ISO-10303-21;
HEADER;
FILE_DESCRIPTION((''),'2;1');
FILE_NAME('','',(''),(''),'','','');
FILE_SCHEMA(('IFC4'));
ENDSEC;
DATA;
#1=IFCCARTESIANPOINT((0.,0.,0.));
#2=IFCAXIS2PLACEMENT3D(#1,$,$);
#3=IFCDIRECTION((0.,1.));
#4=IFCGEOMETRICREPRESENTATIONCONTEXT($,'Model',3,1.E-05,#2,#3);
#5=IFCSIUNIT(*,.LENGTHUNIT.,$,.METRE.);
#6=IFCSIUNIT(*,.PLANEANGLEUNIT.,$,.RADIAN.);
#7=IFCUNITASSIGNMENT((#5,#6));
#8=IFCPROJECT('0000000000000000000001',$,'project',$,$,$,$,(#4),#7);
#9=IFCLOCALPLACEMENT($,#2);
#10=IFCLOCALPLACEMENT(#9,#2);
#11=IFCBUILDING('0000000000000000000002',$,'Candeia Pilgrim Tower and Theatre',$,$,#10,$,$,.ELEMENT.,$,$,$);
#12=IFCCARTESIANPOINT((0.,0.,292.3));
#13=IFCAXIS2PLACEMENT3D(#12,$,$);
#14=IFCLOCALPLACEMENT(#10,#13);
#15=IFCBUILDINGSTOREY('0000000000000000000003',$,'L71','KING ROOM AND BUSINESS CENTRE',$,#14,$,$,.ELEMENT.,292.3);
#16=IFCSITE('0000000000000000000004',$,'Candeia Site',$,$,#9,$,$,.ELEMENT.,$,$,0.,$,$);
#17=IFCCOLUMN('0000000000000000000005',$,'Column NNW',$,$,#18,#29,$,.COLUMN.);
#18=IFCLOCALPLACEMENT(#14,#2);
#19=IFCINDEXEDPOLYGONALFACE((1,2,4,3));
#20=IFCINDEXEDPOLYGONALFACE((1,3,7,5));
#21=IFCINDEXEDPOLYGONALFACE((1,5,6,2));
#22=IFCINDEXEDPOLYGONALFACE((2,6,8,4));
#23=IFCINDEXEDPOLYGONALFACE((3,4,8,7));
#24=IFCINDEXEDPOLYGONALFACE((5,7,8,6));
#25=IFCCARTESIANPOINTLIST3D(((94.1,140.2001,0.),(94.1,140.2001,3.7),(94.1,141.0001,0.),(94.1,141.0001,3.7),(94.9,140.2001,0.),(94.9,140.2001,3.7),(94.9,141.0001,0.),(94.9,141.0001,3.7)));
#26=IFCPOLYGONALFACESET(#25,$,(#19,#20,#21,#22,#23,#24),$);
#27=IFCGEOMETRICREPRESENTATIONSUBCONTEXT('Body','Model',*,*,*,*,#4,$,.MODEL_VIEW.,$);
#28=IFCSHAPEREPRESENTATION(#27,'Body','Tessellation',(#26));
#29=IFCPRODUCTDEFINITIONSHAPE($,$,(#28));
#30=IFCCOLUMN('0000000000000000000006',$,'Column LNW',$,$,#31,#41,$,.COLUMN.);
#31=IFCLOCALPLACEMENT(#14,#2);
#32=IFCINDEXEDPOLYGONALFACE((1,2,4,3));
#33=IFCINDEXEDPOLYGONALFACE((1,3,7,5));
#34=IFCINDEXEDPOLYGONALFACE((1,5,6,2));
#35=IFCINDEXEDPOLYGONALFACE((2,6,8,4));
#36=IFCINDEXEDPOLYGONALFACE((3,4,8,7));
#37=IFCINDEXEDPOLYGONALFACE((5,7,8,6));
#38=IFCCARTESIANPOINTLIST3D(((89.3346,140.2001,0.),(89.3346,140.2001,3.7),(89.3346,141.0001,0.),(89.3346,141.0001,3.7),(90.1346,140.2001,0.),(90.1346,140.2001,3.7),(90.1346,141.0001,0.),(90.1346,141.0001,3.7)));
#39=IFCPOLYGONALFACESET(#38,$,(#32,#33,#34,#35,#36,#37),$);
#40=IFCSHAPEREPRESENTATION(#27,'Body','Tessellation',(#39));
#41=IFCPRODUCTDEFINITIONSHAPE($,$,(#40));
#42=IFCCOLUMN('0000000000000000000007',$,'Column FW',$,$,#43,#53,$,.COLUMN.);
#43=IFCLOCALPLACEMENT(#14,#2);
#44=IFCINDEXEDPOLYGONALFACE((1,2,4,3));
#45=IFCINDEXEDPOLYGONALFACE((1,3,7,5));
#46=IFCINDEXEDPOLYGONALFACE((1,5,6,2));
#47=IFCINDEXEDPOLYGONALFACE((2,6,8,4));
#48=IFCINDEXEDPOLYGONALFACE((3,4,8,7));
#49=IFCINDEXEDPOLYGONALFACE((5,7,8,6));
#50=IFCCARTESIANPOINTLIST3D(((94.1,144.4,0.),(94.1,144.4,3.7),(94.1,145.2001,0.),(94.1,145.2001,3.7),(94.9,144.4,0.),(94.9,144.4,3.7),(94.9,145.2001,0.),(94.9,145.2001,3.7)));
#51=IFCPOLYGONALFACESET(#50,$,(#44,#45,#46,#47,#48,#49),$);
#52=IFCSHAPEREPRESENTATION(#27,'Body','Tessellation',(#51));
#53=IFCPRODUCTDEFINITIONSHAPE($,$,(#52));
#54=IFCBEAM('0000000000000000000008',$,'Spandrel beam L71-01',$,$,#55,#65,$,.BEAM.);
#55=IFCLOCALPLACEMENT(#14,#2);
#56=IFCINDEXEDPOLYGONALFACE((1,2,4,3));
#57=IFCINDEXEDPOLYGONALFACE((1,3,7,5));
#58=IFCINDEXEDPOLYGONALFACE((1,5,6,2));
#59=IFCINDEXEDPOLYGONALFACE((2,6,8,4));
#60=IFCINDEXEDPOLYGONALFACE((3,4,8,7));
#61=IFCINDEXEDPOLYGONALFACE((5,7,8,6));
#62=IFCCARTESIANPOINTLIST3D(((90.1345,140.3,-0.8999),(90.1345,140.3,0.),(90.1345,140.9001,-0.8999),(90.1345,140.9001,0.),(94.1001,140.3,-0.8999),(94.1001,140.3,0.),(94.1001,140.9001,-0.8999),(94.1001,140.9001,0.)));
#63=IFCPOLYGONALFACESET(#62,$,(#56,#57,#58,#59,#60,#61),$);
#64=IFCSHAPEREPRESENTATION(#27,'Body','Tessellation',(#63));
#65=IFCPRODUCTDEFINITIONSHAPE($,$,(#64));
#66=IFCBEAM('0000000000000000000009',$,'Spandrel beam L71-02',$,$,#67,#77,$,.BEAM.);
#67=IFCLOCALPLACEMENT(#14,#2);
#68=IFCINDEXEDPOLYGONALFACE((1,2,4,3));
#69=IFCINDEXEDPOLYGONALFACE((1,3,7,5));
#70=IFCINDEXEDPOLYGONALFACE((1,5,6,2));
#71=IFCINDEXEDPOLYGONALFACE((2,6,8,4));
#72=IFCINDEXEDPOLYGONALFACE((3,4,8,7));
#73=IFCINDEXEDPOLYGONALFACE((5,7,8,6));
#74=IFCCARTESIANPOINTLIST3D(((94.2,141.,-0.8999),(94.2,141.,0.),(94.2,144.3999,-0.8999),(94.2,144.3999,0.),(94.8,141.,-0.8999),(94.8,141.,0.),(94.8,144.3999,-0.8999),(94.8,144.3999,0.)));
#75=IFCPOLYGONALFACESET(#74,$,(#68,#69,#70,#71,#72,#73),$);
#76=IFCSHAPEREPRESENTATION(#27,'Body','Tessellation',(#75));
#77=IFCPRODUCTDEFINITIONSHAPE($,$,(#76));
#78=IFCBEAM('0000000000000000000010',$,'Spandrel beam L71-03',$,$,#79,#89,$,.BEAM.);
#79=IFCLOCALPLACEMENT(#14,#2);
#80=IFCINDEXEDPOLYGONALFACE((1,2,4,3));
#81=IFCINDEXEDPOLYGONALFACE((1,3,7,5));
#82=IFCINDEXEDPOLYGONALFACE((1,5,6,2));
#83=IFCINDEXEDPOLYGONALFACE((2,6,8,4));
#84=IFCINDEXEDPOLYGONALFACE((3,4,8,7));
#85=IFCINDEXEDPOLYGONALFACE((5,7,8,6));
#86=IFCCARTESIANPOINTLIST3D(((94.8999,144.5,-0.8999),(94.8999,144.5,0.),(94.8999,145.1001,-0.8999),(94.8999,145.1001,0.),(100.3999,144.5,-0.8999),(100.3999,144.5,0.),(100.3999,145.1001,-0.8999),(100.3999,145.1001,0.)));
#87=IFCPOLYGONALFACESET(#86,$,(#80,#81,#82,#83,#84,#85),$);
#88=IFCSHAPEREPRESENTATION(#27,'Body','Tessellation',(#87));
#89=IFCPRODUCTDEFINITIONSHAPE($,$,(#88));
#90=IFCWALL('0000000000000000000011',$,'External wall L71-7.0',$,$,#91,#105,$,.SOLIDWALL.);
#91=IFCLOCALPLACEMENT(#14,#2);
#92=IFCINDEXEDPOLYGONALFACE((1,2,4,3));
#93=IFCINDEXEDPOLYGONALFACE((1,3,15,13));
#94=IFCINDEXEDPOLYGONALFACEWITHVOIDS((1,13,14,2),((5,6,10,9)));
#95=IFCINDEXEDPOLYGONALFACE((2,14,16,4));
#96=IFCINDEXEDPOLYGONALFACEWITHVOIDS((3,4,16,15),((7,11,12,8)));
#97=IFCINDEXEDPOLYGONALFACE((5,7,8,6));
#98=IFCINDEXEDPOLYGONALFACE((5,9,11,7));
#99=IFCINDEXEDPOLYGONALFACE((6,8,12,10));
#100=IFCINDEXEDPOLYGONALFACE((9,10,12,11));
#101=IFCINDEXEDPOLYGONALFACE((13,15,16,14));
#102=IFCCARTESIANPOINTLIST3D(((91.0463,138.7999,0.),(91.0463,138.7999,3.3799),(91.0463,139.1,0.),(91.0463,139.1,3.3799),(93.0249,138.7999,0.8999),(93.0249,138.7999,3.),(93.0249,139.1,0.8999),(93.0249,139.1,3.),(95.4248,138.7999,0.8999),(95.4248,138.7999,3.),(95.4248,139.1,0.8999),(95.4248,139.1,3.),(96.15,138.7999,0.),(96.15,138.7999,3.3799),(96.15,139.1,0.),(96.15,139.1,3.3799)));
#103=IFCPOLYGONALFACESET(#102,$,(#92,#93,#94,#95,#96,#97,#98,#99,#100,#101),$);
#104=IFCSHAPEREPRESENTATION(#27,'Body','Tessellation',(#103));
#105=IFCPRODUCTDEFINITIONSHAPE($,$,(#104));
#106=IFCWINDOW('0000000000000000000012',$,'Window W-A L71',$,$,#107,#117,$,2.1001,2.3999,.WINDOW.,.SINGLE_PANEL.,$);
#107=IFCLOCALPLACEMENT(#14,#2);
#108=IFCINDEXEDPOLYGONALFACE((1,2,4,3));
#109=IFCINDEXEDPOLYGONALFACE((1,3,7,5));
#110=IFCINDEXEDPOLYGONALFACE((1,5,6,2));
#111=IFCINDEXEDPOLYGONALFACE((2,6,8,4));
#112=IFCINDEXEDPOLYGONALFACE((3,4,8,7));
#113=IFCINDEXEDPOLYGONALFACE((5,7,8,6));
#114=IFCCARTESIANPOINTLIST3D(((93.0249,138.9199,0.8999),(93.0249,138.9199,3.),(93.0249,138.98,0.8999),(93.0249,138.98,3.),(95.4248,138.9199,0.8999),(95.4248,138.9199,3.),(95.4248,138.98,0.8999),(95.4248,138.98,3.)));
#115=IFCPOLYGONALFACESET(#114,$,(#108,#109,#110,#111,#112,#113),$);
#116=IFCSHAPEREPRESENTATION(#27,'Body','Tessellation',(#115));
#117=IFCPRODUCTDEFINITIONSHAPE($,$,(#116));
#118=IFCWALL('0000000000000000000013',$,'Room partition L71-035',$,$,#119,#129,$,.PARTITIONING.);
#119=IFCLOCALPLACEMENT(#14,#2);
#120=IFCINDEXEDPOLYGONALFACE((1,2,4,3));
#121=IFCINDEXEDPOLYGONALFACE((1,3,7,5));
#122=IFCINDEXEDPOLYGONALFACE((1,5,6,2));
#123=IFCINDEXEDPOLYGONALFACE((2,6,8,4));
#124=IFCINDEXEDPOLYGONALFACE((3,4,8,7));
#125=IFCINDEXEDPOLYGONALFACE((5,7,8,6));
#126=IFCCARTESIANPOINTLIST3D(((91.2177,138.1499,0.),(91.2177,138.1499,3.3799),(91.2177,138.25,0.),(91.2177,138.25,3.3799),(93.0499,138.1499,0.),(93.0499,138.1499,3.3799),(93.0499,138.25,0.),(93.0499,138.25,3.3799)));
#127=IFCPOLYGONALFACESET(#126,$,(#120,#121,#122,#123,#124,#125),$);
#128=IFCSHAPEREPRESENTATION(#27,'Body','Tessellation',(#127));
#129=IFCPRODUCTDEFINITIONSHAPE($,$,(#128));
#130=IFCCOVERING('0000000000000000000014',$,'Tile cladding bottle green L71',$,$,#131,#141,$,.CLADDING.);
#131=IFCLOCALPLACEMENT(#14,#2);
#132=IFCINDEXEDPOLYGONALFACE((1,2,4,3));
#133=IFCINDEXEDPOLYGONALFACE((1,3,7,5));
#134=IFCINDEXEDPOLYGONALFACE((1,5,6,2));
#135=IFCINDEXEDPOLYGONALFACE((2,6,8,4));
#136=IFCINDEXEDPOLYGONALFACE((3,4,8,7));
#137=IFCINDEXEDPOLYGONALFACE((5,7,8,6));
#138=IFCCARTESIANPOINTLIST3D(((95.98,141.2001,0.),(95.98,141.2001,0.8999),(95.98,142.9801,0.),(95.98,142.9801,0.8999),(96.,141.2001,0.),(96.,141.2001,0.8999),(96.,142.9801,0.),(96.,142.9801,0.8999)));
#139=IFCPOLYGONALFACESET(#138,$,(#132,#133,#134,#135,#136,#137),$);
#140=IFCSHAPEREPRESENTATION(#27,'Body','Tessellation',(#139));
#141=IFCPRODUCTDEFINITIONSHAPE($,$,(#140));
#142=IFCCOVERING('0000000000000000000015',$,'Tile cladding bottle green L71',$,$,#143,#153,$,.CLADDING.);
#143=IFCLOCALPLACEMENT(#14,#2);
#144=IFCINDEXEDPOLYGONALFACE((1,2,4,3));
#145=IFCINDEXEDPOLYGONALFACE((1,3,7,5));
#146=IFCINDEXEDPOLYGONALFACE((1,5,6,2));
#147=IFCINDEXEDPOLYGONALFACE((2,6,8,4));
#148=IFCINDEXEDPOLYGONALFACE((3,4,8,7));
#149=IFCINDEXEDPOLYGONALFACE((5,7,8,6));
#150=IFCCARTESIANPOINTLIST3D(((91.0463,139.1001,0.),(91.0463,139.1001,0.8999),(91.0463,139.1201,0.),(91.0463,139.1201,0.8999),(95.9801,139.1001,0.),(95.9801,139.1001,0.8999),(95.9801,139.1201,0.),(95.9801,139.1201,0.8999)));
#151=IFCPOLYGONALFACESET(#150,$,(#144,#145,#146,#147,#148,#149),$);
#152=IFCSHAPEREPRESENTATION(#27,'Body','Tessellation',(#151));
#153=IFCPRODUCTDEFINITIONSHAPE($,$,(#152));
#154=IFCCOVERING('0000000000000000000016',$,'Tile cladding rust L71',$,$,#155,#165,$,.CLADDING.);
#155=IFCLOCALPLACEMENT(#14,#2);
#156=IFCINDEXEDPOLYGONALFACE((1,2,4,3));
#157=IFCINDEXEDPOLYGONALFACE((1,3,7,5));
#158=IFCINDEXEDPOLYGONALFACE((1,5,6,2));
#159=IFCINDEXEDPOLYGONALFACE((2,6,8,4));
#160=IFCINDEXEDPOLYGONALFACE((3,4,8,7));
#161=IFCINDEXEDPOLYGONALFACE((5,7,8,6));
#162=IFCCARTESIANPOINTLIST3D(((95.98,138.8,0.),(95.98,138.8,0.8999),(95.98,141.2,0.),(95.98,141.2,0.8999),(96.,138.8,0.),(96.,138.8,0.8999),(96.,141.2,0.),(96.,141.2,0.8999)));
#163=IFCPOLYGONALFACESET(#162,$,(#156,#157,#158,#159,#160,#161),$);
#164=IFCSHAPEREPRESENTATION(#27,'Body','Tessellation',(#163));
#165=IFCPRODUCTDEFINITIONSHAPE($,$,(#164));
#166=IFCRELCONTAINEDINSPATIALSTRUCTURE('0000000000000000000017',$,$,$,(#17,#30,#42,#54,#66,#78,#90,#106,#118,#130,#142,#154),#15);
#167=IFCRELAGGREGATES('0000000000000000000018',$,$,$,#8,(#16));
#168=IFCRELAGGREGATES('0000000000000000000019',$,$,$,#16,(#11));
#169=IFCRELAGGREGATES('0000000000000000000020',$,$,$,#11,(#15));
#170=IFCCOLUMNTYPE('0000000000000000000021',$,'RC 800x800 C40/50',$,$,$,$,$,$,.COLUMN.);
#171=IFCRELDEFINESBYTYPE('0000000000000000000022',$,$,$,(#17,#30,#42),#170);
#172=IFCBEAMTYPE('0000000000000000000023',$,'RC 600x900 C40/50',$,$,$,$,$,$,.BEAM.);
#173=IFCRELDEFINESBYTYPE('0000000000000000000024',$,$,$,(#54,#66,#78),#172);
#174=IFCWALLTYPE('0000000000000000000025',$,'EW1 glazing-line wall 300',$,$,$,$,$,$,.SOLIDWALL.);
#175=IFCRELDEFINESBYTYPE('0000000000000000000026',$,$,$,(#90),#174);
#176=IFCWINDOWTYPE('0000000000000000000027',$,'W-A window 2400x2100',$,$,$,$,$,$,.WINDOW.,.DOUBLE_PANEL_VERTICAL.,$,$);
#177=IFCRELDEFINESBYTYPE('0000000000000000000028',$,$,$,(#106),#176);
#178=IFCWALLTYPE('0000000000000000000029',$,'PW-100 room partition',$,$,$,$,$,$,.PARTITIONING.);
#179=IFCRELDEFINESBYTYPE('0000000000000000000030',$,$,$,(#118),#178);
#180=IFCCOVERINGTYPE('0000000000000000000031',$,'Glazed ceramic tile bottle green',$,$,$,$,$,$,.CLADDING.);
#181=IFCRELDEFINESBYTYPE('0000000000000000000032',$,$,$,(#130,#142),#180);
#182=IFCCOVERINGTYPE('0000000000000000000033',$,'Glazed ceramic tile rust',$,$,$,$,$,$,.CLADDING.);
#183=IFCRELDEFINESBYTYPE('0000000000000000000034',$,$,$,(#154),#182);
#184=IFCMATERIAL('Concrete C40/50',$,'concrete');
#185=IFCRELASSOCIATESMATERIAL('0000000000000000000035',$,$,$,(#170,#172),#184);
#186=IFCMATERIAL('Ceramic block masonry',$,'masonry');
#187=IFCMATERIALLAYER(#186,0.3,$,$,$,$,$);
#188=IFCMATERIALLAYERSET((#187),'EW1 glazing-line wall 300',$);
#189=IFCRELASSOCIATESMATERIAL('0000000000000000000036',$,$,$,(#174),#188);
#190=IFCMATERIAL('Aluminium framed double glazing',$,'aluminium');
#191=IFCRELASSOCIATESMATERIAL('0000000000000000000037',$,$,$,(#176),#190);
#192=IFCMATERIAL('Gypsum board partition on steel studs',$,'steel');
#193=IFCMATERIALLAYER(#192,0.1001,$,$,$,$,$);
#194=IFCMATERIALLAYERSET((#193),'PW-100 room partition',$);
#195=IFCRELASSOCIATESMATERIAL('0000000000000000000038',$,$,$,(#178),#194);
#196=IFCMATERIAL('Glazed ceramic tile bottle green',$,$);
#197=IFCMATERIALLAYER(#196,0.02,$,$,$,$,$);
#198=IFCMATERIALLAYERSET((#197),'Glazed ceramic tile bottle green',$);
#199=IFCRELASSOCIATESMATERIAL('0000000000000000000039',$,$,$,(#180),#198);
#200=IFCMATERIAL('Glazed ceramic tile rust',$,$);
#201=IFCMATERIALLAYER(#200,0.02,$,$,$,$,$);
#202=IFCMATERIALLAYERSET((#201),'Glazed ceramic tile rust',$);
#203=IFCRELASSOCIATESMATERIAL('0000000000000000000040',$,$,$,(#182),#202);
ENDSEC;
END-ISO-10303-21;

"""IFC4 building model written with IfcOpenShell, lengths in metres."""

from ifc_helpers import new_model, si_unit, direction, frame, frame_2d, origin, origin_2d, place, context, subcontext, project, spatial, rectangle, extrude, material, layer, layer_set, material_profile, profile_set, type_object, element, fill, save


model = new_model("IFC4")

# Units and contexts
model_context = context("Model", 3, precision=1e-05, world=origin(), true_north=direction((0.0, 1.0)))
body_context = subcontext(model_context, "Body", "Model", "MODEL_VIEW")
ifc_project = project(units=[si_unit("LENGTHUNIT", "METRE"), si_unit("PLANEANGLEUNIT", "RADIAN")], contexts=[model_context])

# Site, building, storey
site_placement = place(None, origin())
site = spatial("IfcSite", under=ifc_project, at=site_placement, Name="Candeia Site", CompositionType="ELEMENT", RefElevation=0.0)
building_placement = place(site_placement, origin())
building = spatial("IfcBuilding", under=site, at=building_placement, Name="Candeia Pilgrim Tower and Theatre", CompositionType="ELEMENT")
storey_placement = place(building_placement, frame((0.0, 0.0, 292.3)))
storey = spatial("IfcBuildingStorey", under=building, at=storey_placement, Name="L71", Description="KING ROOM AND BUSINESS CENTRE", CompositionType="ELEMENT", Elevation=292.3)

# Columns
ifc_material_1 = material(Name="Concrete C40/50", Category="concrete")
ifc_material_profile_1 = material_profile(ifc_material_1, rectangle(XDim=0.8, YDim=0.8, at=origin_2d()))
ifc_profile_set_1 = profile_set([ifc_material_profile_1], Name="Concrete C40/50")
column_type = type_object("IfcColumnType", Name="RC 800x800 C40/50", PredefinedType="COLUMN", material=ifc_profile_set_1)
for number, where, z_axis, x_axis, name in (
    (1, (94.5, 140.6001, 0.0), (0.0, 0.0, 1.0), (1.0, 0.0, 0.0), "Column NNW"),
    (2, (89.7346, 140.6001, 0.0), (0.0, 0.0, 1.0), (1.0, 0.0, 0.0), "Column LNW"),
    (3, (94.5, 144.8, 0.0), (0.0, 0.0, 1.0), (1.0, 0.0, 0.0), "Column FW"),
):
    element("IfcColumn", number, at=place(storey_placement, frame(where, z_axis=z_axis, x_axis=x_axis)), inside=storey, type_object=column_type, Name=name, PredefinedType="COLUMN", context=body_context, shape_type="SweptSolid", body=[
        extrude(rectangle(XDim=0.8, YDim=0.8, at=origin_2d()), origin(), (0.0, 0.0, 1.0), 3.7),
    ])

# Beams
ifc_material_profile_2 = material_profile(ifc_material_1, rectangle(XDim=0.6001, YDim=0.8999, at=origin_2d()))
ifc_profile_set_2 = profile_set([ifc_material_profile_2], Name="Concrete C40/50")
beam_type = type_object("IfcBeamType", Name="RC 600x900 C40/50", PredefinedType="BEAM", material=ifc_profile_set_2)
beam_1_placement = place(storey_placement, frame((90.1345, 140.6001, -0.45), z_axis=(1.0, 0.0, 0.0), x_axis=(0.0, 1.0, 0.0)))
element("IfcBeam", 4, at=beam_1_placement, inside=storey, type_object=beam_type, Name="Spandrel beam L71-01", PredefinedType="BEAM", context=body_context, shape_type="SweptSolid", body=[
    extrude(rectangle(XDim=0.6001, YDim=0.8999, at=origin_2d()), origin(), (0.0, 0.0, 1.0), 3.9656),
])
beam_2_placement = place(storey_placement, frame((94.5, 141.0, -0.45), z_axis=(0.0, 1.0, 0.0), x_axis=(-1.0, 0.0, 0.0)))
element("IfcBeam", 5, at=beam_2_placement, inside=storey, type_object=beam_type, Name="Spandrel beam L71-02", PredefinedType="BEAM", context=body_context, shape_type="SweptSolid", body=[
    extrude(rectangle(XDim=0.6001, YDim=0.8999, at=origin_2d()), origin(), (0.0, 0.0, 1.0), 3.3999),
])
beam_3_placement = place(storey_placement, frame((94.8999, 144.8, -0.45), z_axis=(1.0, 0.0, 0.0), x_axis=(0.0, 1.0, 0.0)))
element("IfcBeam", 6, at=beam_3_placement, inside=storey, type_object=beam_type, Name="Spandrel beam L71-03", PredefinedType="BEAM", context=body_context, shape_type="SweptSolid", body=[
    extrude(rectangle(XDim=0.6001, YDim=0.8999, at=origin_2d()), origin(), (0.0, 0.0, 1.0), 5.5),
])

# Shared definitions
ifc_material_2 = material(Name="Ceramic block masonry", Category="masonry")
ifc_layer_1 = layer(ifc_material_2, 0.3)
ifc_layer_set_1 = layer_set([ifc_layer_1], Name="EW1 glazing-line wall 300")
wall_type_1 = type_object("IfcWallType", Name="EW1 glazing-line wall 300", PredefinedType="SOLIDWALL", material=ifc_layer_set_1)
ifc_material_3 = material(Name="Aluminium framed double glazing", Category="aluminium")

# Wall, opening, window
wall_1_placement = place(storey_placement, frame((96.1499, 138.95, 0.0), z_axis=(0.0, 0.0, 1.0), x_axis=(-1.0, 0.0, 0.0)))
wall_1 = element("IfcWall", 7, at=wall_1_placement, inside=storey, type_object=wall_type_1, Name="External wall L71-7.0", PredefinedType="SOLIDWALL", context=body_context, shape_type="SweptSolid", body=[
    extrude(rectangle(XDim=5.1038, YDim=0.3, at=frame_2d((2.5518, 0.0))), origin(), (0.0, 0.0, 1.0), 3.3799),
])
opening_1_placement = place(wall_1_placement, frame((0.7251, 0.0, 0.8999)))
opening_1 = element("IfcOpeningElement", 8, at=opening_1_placement, cuts=wall_1, PredefinedType="OPENING", context=body_context, shape_type="SweptSolid", body=[
    extrude(rectangle(XDim=2.3999, YDim=2.1001, at=frame_2d((1.2, 1.05))), frame((0.0, 0.1602, 0.0), z_axis=(0.0, -1.0, 0.0), x_axis=(1.0, 0.0, 0.0)), (0.0, 0.0, 1.0), 0.3201),
])
window_type_1 = type_object("IfcWindowType", Name="W-A window 2400x2100", PartitioningType="DOUBLE_PANEL_VERTICAL", PredefinedType="WINDOW", material=ifc_material_3)
window_1_placement = place(opening_1_placement, origin())
window_1 = element("IfcWindow", 9, at=window_1_placement, inside=storey, type_object=window_type_1, Name="Window W-A L71", OverallHeight=2.1001, OverallWidth=2.3999, PartitioningType="SINGLE_PANEL", PredefinedType="WINDOW", context=body_context, shape_type="SweptSolid", body=[
    extrude(rectangle(XDim=2.3999, YDim=2.1001, at=frame_2d((1.2, 1.05))), frame((0.0, 0.03, 0.0), z_axis=(0.0, -1.0, 0.0), x_axis=(1.0, 0.0, 0.0)), (0.0, 0.0, 1.0), 0.0601),
])
fill(opening_1, window_1)

# Wall
ifc_material_4 = material(Name="Gypsum board partition on steel studs", Category="steel")
ifc_layer_2 = layer(ifc_material_4, 0.1001)
ifc_layer_set_2 = layer_set([ifc_layer_2], Name="PW-100 room partition")
wall_type_2 = type_object("IfcWallType", Name="PW-100 room partition", PredefinedType="PARTITIONING", material=ifc_layer_set_2)
wall_2_placement = place(storey_placement, frame((91.2178, 138.2, 0.0), z_axis=(0.0, 0.0, 1.0), x_axis=(1.0, 0.0, 0.0)))
element("IfcWall", 10, at=wall_2_placement, inside=storey, type_object=wall_type_2, Name="Room partition L71-035", PredefinedType="PARTITIONING", context=body_context, shape_type="SweptSolid", body=[
    extrude(rectangle(XDim=1.8323, YDim=0.1001, at=frame_2d((0.916, 0.0))), origin(), (0.0, 0.0, 1.0), 3.3799),
])

# Coverings
ifc_material_5 = material(Name="Glazed ceramic tile bottle green")
ifc_layer_3 = layer(ifc_material_5, 0.02)
ifc_layer_set_3 = layer_set([ifc_layer_3], Name="Glazed ceramic tile bottle green")
covering_type_1 = type_object("IfcCoveringType", Name="Glazed ceramic tile bottle green", PredefinedType="CLADDING", material=ifc_layer_set_3)
covering_1_placement = place(storey_placement, frame((95.99, 142.0901, 0.0), z_axis=(0.0, 0.0, 1.0), x_axis=(0.0, -1.0, 0.0)))
element("IfcCovering", 11, at=covering_1_placement, inside=storey, type_object=covering_type_1, Name="Tile cladding bottle green L71", PredefinedType="CLADDING", context=body_context, shape_type="SweptSolid", body=[
    extrude(rectangle(XDim=1.78, YDim=0.02, at=origin_2d()), origin(), (0.0, 0.0, 1.0), 0.8999),
])
covering_2_placement = place(storey_placement, frame((93.5132, 139.1101, 0.0), z_axis=(0.0, 0.0, 1.0), x_axis=(-1.0, 0.0, 0.0)))
element("IfcCovering", 12, at=covering_2_placement, inside=storey, type_object=covering_type_1, Name="Tile cladding bottle green L71", PredefinedType="CLADDING", context=body_context, shape_type="SweptSolid", body=[
    extrude(rectangle(XDim=4.9338, YDim=0.02, at=origin_2d()), origin(), (0.0, 0.0, 1.0), 0.8999),
])
ifc_material_6 = material(Name="Glazed ceramic tile rust")
ifc_layer_4 = layer(ifc_material_6, 0.02)
ifc_layer_set_4 = layer_set([ifc_layer_4], Name="Glazed ceramic tile rust")
covering_type_2 = type_object("IfcCoveringType", Name="Glazed ceramic tile rust", PredefinedType="CLADDING", material=ifc_layer_set_4)
covering_3_placement = place(storey_placement, frame((95.99, 140.0, 0.0), z_axis=(0.0, 0.0, 1.0), x_axis=(0.0, -1.0, 0.0)))
element("IfcCovering", 13, at=covering_3_placement, inside=storey, type_object=covering_type_2, Name="Tile cladding rust L71", PredefinedType="CLADDING", context=body_context, shape_type="SweptSolid", body=[
    extrude(rectangle(XDim=2.3999, YDim=0.02, at=origin_2d()), origin(), (0.0, 0.0, 1.0), 0.8999),
])

save(model, "model.ifc")
